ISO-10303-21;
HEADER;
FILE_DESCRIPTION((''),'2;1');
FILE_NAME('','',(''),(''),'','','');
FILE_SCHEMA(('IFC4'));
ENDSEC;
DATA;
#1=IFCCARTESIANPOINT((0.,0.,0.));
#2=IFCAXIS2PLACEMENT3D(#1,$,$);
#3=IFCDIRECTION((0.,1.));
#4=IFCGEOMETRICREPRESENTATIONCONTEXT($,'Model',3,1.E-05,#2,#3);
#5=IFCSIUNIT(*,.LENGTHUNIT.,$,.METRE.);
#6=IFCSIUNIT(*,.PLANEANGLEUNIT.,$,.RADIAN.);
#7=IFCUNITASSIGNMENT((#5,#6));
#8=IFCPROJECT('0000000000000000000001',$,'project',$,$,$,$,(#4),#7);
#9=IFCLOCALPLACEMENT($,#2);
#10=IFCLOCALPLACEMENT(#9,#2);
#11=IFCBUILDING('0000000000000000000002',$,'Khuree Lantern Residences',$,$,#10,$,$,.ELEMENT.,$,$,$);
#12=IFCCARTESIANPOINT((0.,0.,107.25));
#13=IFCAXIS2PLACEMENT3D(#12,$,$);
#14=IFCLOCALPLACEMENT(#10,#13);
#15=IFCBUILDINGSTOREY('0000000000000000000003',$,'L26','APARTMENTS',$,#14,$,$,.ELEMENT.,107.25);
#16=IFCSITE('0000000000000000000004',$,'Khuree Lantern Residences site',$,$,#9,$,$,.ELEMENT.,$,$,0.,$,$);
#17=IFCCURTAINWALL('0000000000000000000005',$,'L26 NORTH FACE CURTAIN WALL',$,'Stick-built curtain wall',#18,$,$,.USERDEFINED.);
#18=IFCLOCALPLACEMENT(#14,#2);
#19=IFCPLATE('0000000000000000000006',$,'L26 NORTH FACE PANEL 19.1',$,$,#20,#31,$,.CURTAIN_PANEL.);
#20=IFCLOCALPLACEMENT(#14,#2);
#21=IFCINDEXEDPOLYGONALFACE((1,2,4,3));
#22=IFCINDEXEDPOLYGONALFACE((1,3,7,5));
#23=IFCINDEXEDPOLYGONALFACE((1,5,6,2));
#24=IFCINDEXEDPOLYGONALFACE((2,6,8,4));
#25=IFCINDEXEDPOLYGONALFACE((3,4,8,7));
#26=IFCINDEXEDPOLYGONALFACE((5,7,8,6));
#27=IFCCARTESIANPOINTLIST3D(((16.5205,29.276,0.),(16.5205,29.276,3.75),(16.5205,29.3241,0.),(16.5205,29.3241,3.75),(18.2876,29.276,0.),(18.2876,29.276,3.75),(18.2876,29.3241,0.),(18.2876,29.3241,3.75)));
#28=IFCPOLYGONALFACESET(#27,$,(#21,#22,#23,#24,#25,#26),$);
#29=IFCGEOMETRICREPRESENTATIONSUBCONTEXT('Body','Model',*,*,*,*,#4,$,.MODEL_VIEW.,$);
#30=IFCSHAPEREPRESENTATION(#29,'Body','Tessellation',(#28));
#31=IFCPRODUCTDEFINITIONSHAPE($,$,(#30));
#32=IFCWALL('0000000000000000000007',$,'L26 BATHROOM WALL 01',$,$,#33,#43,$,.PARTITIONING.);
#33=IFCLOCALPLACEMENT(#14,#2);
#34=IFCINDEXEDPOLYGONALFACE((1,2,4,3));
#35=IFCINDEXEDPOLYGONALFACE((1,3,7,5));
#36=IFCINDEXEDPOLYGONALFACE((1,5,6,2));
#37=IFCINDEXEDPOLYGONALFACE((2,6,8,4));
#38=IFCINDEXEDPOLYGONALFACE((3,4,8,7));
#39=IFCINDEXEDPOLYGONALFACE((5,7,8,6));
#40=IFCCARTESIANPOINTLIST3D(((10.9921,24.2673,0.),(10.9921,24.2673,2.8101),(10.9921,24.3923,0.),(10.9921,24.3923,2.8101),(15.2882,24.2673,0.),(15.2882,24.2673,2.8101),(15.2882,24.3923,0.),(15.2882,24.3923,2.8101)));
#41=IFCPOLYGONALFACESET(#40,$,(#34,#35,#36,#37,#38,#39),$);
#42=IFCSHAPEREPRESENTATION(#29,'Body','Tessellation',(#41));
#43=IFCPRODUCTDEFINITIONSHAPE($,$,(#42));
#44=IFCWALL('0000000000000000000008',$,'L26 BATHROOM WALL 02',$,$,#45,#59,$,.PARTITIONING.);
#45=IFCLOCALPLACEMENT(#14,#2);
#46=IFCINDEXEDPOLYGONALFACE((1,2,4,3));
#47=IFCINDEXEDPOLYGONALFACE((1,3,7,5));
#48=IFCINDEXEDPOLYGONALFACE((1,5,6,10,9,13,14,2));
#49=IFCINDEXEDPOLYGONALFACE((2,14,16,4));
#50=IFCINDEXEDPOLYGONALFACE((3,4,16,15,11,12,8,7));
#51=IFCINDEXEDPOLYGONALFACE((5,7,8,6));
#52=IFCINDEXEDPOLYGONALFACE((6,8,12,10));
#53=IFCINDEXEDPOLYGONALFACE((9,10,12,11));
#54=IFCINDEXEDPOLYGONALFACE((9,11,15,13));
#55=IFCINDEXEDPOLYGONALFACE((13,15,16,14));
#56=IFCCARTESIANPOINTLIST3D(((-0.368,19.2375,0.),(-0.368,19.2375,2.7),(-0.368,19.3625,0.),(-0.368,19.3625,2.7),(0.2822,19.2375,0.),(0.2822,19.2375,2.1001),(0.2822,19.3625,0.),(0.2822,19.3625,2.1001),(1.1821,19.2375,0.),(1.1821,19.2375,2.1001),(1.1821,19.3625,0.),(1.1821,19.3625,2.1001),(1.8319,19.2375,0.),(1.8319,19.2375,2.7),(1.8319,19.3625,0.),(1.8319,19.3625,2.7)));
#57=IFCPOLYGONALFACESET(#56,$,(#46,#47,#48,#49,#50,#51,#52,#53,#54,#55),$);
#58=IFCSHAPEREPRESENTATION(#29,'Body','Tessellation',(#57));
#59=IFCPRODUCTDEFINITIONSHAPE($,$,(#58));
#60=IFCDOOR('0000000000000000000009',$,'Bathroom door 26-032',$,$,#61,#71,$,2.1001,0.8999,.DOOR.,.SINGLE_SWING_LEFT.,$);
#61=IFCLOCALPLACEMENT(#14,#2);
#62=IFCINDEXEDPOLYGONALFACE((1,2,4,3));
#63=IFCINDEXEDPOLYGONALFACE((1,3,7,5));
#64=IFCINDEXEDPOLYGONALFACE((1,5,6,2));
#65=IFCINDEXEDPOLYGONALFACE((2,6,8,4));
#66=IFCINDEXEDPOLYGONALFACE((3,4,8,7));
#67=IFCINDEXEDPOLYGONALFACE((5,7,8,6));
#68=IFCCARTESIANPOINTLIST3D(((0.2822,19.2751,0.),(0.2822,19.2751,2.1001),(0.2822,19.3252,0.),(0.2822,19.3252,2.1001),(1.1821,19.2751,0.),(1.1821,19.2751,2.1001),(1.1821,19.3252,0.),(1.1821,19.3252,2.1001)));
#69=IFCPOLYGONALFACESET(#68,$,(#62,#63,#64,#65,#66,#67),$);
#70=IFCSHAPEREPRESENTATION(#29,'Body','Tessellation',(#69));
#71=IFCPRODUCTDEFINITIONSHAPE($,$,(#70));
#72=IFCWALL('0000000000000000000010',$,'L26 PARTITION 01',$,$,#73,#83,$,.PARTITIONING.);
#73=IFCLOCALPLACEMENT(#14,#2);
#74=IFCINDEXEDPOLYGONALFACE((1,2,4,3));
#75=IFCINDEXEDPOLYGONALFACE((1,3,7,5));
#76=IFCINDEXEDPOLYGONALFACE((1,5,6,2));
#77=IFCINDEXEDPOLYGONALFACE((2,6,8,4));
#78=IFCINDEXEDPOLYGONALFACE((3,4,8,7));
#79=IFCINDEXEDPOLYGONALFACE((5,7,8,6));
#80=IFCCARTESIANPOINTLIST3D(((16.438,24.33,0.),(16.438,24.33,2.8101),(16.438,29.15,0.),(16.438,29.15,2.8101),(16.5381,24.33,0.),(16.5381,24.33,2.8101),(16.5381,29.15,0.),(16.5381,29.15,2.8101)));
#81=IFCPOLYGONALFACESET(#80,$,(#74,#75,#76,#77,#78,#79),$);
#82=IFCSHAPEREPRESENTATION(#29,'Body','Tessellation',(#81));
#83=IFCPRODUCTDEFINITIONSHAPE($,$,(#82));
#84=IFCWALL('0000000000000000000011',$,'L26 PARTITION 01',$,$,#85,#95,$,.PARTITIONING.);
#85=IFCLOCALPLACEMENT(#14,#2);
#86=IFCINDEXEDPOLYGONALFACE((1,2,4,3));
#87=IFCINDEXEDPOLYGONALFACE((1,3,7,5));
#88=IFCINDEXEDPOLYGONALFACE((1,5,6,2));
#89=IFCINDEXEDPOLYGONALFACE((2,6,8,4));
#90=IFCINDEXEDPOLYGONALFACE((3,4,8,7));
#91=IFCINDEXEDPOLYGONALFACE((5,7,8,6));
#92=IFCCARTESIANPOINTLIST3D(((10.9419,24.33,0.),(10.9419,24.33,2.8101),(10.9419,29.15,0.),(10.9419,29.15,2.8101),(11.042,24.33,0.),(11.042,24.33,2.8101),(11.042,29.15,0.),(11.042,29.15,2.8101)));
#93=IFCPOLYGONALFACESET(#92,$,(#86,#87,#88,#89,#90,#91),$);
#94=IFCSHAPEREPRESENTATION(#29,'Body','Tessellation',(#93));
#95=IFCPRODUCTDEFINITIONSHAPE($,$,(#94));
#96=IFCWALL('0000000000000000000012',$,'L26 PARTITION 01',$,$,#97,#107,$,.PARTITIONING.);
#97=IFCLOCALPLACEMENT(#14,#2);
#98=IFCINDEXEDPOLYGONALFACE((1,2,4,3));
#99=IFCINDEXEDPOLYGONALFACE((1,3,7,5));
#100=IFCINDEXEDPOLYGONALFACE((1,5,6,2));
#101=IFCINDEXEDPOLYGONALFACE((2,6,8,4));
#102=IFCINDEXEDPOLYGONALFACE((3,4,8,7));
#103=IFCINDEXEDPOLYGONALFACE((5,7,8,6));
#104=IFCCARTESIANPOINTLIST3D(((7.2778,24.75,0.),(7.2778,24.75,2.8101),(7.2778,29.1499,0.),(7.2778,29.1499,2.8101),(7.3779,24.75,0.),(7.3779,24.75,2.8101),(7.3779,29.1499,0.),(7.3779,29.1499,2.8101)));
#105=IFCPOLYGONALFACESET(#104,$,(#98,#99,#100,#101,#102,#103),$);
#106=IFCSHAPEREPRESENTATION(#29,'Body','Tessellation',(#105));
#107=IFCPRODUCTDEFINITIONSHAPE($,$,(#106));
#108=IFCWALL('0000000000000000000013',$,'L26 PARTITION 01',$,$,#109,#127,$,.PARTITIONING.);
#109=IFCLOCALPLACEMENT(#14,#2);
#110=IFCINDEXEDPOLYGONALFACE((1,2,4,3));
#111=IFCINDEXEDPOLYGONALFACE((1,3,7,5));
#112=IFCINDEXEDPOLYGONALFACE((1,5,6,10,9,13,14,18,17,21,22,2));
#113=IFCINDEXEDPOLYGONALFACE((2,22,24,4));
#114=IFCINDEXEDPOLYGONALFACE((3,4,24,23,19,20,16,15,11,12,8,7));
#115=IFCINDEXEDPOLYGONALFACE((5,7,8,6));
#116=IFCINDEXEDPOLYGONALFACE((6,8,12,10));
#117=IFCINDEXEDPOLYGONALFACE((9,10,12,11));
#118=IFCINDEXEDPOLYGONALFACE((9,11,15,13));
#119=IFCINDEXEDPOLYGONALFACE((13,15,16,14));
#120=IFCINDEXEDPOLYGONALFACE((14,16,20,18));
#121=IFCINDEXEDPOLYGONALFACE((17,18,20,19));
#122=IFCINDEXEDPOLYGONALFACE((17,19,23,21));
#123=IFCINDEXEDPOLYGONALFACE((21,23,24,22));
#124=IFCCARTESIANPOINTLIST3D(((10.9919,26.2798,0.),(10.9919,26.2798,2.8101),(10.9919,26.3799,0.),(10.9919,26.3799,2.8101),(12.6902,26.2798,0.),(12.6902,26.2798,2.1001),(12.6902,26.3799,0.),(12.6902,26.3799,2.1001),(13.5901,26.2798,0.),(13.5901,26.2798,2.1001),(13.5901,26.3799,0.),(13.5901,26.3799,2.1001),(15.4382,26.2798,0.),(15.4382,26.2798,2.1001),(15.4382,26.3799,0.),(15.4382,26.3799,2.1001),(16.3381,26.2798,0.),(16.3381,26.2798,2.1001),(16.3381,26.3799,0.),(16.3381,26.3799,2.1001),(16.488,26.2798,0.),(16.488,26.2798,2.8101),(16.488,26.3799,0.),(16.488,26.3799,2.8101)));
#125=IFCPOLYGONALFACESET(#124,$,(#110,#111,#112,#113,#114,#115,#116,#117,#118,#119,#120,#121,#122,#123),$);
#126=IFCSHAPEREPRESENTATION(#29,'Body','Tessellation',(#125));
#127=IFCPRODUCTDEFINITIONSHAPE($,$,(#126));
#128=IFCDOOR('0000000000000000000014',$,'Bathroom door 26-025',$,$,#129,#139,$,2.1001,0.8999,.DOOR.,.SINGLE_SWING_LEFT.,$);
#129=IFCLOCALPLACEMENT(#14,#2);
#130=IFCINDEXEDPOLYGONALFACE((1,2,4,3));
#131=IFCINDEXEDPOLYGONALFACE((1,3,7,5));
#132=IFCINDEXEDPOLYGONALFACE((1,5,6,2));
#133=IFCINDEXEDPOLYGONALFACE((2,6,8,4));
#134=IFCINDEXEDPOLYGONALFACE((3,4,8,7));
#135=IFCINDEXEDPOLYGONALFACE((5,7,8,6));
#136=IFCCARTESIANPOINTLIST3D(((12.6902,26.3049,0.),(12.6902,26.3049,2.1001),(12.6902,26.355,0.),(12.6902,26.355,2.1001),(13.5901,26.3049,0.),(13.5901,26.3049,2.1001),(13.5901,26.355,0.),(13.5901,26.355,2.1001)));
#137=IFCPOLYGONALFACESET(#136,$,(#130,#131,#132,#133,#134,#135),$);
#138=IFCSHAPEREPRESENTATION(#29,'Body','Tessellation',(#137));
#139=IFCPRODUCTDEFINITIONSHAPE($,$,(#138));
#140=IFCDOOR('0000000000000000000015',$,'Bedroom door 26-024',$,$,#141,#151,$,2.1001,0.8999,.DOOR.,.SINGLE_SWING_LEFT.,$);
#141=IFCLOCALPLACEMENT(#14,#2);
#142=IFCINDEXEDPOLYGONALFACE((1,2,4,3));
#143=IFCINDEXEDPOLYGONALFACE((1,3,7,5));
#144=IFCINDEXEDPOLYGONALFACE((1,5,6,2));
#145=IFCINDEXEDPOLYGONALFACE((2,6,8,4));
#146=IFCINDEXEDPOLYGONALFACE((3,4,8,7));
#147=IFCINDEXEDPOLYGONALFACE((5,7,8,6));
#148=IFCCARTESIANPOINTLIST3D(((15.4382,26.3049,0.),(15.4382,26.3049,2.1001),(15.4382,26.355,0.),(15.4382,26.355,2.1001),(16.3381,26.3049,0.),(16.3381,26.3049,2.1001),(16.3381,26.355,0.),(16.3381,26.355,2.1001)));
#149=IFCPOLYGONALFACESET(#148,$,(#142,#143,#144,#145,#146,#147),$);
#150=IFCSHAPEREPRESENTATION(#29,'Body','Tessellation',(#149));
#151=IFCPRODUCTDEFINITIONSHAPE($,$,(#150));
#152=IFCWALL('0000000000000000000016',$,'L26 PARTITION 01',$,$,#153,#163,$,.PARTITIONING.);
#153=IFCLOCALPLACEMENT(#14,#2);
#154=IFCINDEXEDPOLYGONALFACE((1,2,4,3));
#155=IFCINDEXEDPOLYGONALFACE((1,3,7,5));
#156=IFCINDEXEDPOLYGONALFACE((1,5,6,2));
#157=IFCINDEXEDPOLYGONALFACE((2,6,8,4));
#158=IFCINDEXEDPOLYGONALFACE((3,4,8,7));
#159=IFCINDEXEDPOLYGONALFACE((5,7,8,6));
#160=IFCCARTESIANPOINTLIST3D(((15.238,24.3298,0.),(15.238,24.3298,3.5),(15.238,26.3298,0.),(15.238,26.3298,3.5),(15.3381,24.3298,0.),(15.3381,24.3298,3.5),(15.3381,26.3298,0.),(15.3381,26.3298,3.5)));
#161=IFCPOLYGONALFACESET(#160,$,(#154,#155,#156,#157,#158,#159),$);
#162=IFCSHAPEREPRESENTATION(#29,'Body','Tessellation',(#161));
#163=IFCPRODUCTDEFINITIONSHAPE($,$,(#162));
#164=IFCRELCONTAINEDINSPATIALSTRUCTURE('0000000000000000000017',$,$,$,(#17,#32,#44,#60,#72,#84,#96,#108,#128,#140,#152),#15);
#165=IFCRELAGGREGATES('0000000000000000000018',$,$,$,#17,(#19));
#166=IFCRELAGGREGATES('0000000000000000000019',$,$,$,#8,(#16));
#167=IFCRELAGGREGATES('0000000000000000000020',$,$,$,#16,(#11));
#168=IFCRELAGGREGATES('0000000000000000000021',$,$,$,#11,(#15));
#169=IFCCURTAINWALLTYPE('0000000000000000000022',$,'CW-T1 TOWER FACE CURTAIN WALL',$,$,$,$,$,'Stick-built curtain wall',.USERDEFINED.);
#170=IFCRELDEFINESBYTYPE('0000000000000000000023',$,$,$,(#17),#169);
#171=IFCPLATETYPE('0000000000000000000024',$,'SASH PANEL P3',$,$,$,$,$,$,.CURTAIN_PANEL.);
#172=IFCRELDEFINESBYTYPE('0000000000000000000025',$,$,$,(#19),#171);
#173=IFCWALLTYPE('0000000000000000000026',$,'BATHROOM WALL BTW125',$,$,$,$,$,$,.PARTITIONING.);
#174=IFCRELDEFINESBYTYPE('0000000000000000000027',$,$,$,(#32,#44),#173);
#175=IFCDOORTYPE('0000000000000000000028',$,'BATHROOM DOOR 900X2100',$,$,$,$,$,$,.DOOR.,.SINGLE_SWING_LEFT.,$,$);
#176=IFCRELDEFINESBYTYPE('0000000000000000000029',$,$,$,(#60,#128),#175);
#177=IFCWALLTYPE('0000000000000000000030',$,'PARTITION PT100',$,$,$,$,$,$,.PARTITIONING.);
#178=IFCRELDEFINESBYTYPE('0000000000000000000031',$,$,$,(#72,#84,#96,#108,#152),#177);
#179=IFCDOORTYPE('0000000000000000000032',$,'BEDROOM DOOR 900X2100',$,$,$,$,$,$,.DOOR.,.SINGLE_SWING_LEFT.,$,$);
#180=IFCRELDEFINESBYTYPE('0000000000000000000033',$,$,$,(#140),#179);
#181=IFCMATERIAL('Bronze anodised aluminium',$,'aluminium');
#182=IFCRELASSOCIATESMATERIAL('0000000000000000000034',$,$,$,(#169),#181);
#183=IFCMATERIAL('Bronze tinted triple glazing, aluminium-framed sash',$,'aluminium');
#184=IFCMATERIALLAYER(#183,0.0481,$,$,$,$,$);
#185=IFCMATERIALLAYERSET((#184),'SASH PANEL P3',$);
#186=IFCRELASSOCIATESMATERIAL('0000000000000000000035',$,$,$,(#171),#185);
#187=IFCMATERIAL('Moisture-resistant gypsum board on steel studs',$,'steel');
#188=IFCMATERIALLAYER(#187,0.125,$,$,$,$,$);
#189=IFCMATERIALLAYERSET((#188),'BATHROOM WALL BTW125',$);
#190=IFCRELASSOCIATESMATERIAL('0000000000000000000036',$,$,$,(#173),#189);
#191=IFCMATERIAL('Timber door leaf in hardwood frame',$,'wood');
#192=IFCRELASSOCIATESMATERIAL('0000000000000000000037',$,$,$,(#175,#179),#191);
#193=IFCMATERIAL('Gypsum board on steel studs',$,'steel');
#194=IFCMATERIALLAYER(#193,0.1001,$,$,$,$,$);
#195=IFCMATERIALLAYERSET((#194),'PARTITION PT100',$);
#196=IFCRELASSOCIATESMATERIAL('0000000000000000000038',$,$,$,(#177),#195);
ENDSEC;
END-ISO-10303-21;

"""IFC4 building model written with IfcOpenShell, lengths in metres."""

from ifc_helpers import new_model, si_unit, direction, frame, frame_2d, origin, origin_2d, place, context, subcontext, project, spatial, rectangle, extrude, material, layer, layer_set, type_object, element, fill, aggregate, save


model = new_model("IFC4")

# Units and contexts
model_context = context("Model", 3, precision=1e-05, world=origin(), true_north=direction((0.0, 1.0)))
body_context = subcontext(model_context, "Body", "Model", "MODEL_VIEW")
ifc_project = project(units=[si_unit("LENGTHUNIT", "METRE"), si_unit("PLANEANGLEUNIT", "RADIAN")], contexts=[model_context])

# Site, building, storey
site_placement = place(None, origin())
site = spatial("IfcSite", under=ifc_project, at=site_placement, Name="Khuree Lantern Residences site", CompositionType="ELEMENT", RefElevation=0.0)
building_placement = place(site_placement, origin())
building = spatial("IfcBuilding", under=site, at=building_placement, Name="Khuree Lantern Residences", CompositionType="ELEMENT")
storey_placement = place(building_placement, frame((0.0, 0.0, 107.25)))
storey = spatial("IfcBuildingStorey", under=building, at=storey_placement, Name="L26", Description="APARTMENTS", CompositionType="ELEMENT", Elevation=107.25)

# Curtain wall
ifc_material_1 = material(Name="Bronze anodised aluminium", Category="aluminium")
curtain_wall_type = type_object("IfcCurtainWallType", Name="CW-T1 TOWER FACE CURTAIN WALL", ElementType="Stick-built curtain wall", PredefinedType="USERDEFINED", material=ifc_material_1)
curtain_wall_placement = place(storey_placement, origin())
curtain_wall = element("IfcCurtainWall", 1, at=curtain_wall_placement, inside=storey, type_object=curtain_wall_type, Name="L26 NORTH FACE CURTAIN WALL", ObjectType="Stick-built curtain wall", PredefinedType="USERDEFINED")

# Plate
ifc_material_2 = material(Name="Bronze tinted triple glazing, aluminium-framed sash", Category="aluminium")
ifc_layer_1 = layer(ifc_material_2, 0.0481)
ifc_layer_set_1 = layer_set([ifc_layer_1], Name="SASH PANEL P3")
plate_type_1 = type_object("IfcPlateType", Name="SASH PANEL P3", PredefinedType="CURTAIN_PANEL", material=ifc_layer_set_1)
plate_1_placement = place(storey_placement, frame((17.4041, 29.3, 0.0), z_axis=(0.0, 0.0, 1.0), x_axis=(-1.0, 0.0, 0.0)))
plate_1 = element("IfcPlate", 2, at=plate_1_placement, type_object=plate_type_1, Name="L26 NORTH FACE PANEL 19.1", PredefinedType="CURTAIN_PANEL", context=body_context, shape_type="SweptSolid", body=[
    extrude(rectangle(XDim=1.7671, YDim=0.0481, at=origin_2d()), origin(), (0.0, 0.0, 1.0), 3.75),
])
aggregate(curtain_wall, [plate_1])

# Wall
ifc_material_3 = material(Name="Moisture-resistant gypsum board on steel studs", Category="steel")
ifc_layer_2 = layer(ifc_material_3, 0.125)
ifc_layer_set_2 = layer_set([ifc_layer_2], Name="BATHROOM WALL BTW125")
wall_type_1 = type_object("IfcWallType", Name="BATHROOM WALL BTW125", PredefinedType="PARTITIONING", material=ifc_layer_set_2)
wall_1_placement = place(storey_placement, frame((15.2881, 24.3298, 0.0), z_axis=(0.0, 0.0, 1.0), x_axis=(-1.0, 0.0, 0.0)))
element("IfcWall", 3, at=wall_1_placement, inside=storey, type_object=wall_type_1, Name="L26 BATHROOM WALL 01", PredefinedType="PARTITIONING", context=body_context, shape_type="SweptSolid", body=[
    extrude(rectangle(XDim=4.2961, YDim=0.125, at=frame_2d((2.1479, 0.0))), origin(), (0.0, 0.0, 1.0), 2.8101),
])

# Wall, opening, door
wall_2_placement = place(storey_placement, frame((1.832, 19.3, 0.0), z_axis=(0.0, 0.0, 1.0), x_axis=(-1.0, 0.0, 0.0)))
wall_2 = element("IfcWall", 4, at=wall_2_placement, inside=storey, type_object=wall_type_1, Name="L26 BATHROOM WALL 02", PredefinedType="PARTITIONING", context=body_context, shape_type="SweptSolid", body=[
    extrude(rectangle(XDim=2.2, YDim=0.125, at=frame_2d((1.1001, 0.0))), origin(), (0.0, 0.0, 1.0), 2.7),
])
opening_1_placement = place(wall_2_placement, frame((0.6499, 0.0, 0.0)))
opening_1 = element("IfcOpeningElement", 5, at=opening_1_placement, cuts=wall_2, PredefinedType="OPENING", context=body_context, shape_type="SweptSolid", body=[
    extrude(rectangle(XDim=0.8999, YDim=2.1001, at=frame_2d((0.45, 1.05))), frame((0.0, 0.0725, 0.0), z_axis=(0.0, -1.0, 0.0), x_axis=(1.0, 0.0, 0.0)), (0.0, 0.0, 1.0), 0.145),
])
ifc_material_4 = material(Name="Timber door leaf in hardwood frame", Category="wood")
door_type_1 = type_object("IfcDoorType", Name="BATHROOM DOOR 900X2100", OperationType="SINGLE_SWING_LEFT", PredefinedType="DOOR", material=ifc_material_4)
door_1_placement = place(opening_1_placement, origin())
door_1 = element("IfcDoor", 6, at=door_1_placement, inside=storey, type_object=door_type_1, Name="Bathroom door 26-032", OperationType="SINGLE_SWING_LEFT", OverallHeight=2.1001, OverallWidth=0.8999, PredefinedType="DOOR", context=body_context, shape_type="SweptSolid", body=[
    extrude(rectangle(XDim=0.8999, YDim=2.1001, at=frame_2d((0.45, 1.05))), frame((0.0, 0.0249, 0.0), z_axis=(0.0, -1.0, 0.0), x_axis=(1.0, 0.0, 0.0)), (0.0, 0.0, 1.0), 0.05),
])
fill(opening_1, door_1)

# Walls
ifc_material_5 = material(Name="Gypsum board on steel studs", Category="steel")
ifc_layer_3 = layer(ifc_material_5, 0.1001)
ifc_layer_set_3 = layer_set([ifc_layer_3], Name="PARTITION PT100")
wall_type_2 = type_object("IfcWallType", Name="PARTITION PT100", PredefinedType="PARTITIONING", material=ifc_layer_set_3)
for number, where, z_axis, x_axis, name in (
    (7, (16.488, 24.3298, 0.0), (0.0, 0.0, 1.0), (0.0, 1.0, 0.0), "L26 PARTITION 01"),
    (8, (10.9919, 24.3298, 0.0), (0.0, 0.0, 1.0), (0.0, 1.0, 0.0), "L26 PARTITION 01"),
):
    element("IfcWall", number, at=place(storey_placement, frame(where, z_axis=z_axis, x_axis=x_axis)), inside=storey, type_object=wall_type_2, Name=name, PredefinedType="PARTITIONING", context=body_context, shape_type="SweptSolid", body=[
        extrude(rectangle(XDim=4.8201, YDim=0.1001, at=frame_2d((2.4102, 0.0))), origin(), (0.0, 0.0, 1.0), 2.8101),
    ])
wall_3_placement = place(storey_placement, frame((7.3279, 24.75, 0.0), z_axis=(0.0, 0.0, 1.0), x_axis=(0.0, 1.0, 0.0)))
element("IfcWall", 9, at=wall_3_placement, inside=storey, type_object=wall_type_2, Name="L26 PARTITION 01", PredefinedType="PARTITIONING", context=body_context, shape_type="SweptSolid", body=[
    extrude(rectangle(XDim=4.3999, YDim=0.1001, at=frame_2d((2.2, 0.0))), origin(), (0.0, 0.0, 1.0), 2.8101),
])

# Wall, openings, doors
wall_4_placement = place(storey_placement, frame((16.488, 26.3298, 0.0), z_axis=(0.0, 0.0, 1.0), x_axis=(-1.0, 0.0, 0.0)))
wall_4 = element("IfcWall", 10, at=wall_4_placement, inside=storey, type_object=wall_type_2, Name="L26 PARTITION 01", PredefinedType="PARTITIONING", context=body_context, shape_type="SweptSolid", body=[
    extrude(rectangle(XDim=5.4961, YDim=0.1001, at=frame_2d((2.748, 0.0))), origin(), (0.0, 0.0, 1.0), 2.8101),
])
opening_2_placement = place(wall_4_placement, frame((0.1499, 0.0, 0.0)))
opening_2 = element("IfcOpeningElement", 11, at=opening_2_placement, cuts=wall_4, PredefinedType="OPENING", context=body_context, shape_type="SweptSolid", body=[
    extrude(rectangle(XDim=0.8999, YDim=2.1001, at=frame_2d((0.45, 1.05))), frame((0.0, 0.0601, 0.0), z_axis=(0.0, -1.0, 0.0), x_axis=(1.0, 0.0, 0.0)), (0.0, 0.0, 1.0), 0.1201),
])
opening_3_placement = place(wall_4_placement, frame((2.8979, 0.0, 0.0)))
opening_3 = element("IfcOpeningElement", 12, at=opening_3_placement, cuts=wall_4, PredefinedType="OPENING", context=body_context, shape_type="SweptSolid", body=[
    extrude(rectangle(XDim=0.8999, YDim=2.1001, at=frame_2d((0.45, 1.05))), frame((0.0, 0.0601, 0.0), z_axis=(0.0, -1.0, 0.0), x_axis=(1.0, 0.0, 0.0)), (0.0, 0.0, 1.0), 0.1201),
])
door_2_placement = place(opening_3_placement, origin())
door_2 = element("IfcDoor", 13, at=door_2_placement, inside=storey, type_object=door_type_1, Name="Bathroom door 26-025", OperationType="SINGLE_SWING_LEFT", OverallHeight=2.1001, OverallWidth=0.8999, PredefinedType="DOOR", context=body_context, shape_type="SweptSolid", body=[
    extrude(rectangle(XDim=0.8999, YDim=2.1001, at=frame_2d((0.45, 1.05))), frame((0.0, 0.0249, 0.0), z_axis=(0.0, -1.0, 0.0), x_axis=(1.0, 0.0, 0.0)), (0.0, 0.0, 1.0), 0.05),
])
fill(opening_3, door_2)
door_type_2 = type_object("IfcDoorType", Name="BEDROOM DOOR 900X2100", OperationType="SINGLE_SWING_LEFT", PredefinedType="DOOR", material=ifc_material_4)
door_3_placement = place(opening_2_placement, origin())
door_3 = element("IfcDoor", 14, at=door_3_placement, inside=storey, type_object=door_type_2, Name="Bedroom door 26-024", OperationType="SINGLE_SWING_LEFT", OverallHeight=2.1001, OverallWidth=0.8999, PredefinedType="DOOR", context=body_context, shape_type="SweptSolid", body=[
    extrude(rectangle(XDim=0.8999, YDim=2.1001, at=frame_2d((0.45, 1.05))), frame((0.0, 0.0249, 0.0), z_axis=(0.0, -1.0, 0.0), x_axis=(1.0, 0.0, 0.0)), (0.0, 0.0, 1.0), 0.05),
])
fill(opening_2, door_3)

# Wall
wall_5_placement = place(storey_placement, frame((15.2881, 24.3298, 0.0), z_axis=(0.0, 0.0, 1.0), x_axis=(0.0, 1.0, 0.0)))
element("IfcWall", 15, at=wall_5_placement, inside=storey, type_object=wall_type_2, Name="L26 PARTITION 01", PredefinedType="PARTITIONING", context=body_context, shape_type="SweptSolid", body=[
    extrude(rectangle(XDim=2.0, YDim=0.1001, at=frame_2d((1.0, 0.0))), origin(), (0.0, 0.0, 1.0), 3.5),
])

save(model, "model.ifc")
